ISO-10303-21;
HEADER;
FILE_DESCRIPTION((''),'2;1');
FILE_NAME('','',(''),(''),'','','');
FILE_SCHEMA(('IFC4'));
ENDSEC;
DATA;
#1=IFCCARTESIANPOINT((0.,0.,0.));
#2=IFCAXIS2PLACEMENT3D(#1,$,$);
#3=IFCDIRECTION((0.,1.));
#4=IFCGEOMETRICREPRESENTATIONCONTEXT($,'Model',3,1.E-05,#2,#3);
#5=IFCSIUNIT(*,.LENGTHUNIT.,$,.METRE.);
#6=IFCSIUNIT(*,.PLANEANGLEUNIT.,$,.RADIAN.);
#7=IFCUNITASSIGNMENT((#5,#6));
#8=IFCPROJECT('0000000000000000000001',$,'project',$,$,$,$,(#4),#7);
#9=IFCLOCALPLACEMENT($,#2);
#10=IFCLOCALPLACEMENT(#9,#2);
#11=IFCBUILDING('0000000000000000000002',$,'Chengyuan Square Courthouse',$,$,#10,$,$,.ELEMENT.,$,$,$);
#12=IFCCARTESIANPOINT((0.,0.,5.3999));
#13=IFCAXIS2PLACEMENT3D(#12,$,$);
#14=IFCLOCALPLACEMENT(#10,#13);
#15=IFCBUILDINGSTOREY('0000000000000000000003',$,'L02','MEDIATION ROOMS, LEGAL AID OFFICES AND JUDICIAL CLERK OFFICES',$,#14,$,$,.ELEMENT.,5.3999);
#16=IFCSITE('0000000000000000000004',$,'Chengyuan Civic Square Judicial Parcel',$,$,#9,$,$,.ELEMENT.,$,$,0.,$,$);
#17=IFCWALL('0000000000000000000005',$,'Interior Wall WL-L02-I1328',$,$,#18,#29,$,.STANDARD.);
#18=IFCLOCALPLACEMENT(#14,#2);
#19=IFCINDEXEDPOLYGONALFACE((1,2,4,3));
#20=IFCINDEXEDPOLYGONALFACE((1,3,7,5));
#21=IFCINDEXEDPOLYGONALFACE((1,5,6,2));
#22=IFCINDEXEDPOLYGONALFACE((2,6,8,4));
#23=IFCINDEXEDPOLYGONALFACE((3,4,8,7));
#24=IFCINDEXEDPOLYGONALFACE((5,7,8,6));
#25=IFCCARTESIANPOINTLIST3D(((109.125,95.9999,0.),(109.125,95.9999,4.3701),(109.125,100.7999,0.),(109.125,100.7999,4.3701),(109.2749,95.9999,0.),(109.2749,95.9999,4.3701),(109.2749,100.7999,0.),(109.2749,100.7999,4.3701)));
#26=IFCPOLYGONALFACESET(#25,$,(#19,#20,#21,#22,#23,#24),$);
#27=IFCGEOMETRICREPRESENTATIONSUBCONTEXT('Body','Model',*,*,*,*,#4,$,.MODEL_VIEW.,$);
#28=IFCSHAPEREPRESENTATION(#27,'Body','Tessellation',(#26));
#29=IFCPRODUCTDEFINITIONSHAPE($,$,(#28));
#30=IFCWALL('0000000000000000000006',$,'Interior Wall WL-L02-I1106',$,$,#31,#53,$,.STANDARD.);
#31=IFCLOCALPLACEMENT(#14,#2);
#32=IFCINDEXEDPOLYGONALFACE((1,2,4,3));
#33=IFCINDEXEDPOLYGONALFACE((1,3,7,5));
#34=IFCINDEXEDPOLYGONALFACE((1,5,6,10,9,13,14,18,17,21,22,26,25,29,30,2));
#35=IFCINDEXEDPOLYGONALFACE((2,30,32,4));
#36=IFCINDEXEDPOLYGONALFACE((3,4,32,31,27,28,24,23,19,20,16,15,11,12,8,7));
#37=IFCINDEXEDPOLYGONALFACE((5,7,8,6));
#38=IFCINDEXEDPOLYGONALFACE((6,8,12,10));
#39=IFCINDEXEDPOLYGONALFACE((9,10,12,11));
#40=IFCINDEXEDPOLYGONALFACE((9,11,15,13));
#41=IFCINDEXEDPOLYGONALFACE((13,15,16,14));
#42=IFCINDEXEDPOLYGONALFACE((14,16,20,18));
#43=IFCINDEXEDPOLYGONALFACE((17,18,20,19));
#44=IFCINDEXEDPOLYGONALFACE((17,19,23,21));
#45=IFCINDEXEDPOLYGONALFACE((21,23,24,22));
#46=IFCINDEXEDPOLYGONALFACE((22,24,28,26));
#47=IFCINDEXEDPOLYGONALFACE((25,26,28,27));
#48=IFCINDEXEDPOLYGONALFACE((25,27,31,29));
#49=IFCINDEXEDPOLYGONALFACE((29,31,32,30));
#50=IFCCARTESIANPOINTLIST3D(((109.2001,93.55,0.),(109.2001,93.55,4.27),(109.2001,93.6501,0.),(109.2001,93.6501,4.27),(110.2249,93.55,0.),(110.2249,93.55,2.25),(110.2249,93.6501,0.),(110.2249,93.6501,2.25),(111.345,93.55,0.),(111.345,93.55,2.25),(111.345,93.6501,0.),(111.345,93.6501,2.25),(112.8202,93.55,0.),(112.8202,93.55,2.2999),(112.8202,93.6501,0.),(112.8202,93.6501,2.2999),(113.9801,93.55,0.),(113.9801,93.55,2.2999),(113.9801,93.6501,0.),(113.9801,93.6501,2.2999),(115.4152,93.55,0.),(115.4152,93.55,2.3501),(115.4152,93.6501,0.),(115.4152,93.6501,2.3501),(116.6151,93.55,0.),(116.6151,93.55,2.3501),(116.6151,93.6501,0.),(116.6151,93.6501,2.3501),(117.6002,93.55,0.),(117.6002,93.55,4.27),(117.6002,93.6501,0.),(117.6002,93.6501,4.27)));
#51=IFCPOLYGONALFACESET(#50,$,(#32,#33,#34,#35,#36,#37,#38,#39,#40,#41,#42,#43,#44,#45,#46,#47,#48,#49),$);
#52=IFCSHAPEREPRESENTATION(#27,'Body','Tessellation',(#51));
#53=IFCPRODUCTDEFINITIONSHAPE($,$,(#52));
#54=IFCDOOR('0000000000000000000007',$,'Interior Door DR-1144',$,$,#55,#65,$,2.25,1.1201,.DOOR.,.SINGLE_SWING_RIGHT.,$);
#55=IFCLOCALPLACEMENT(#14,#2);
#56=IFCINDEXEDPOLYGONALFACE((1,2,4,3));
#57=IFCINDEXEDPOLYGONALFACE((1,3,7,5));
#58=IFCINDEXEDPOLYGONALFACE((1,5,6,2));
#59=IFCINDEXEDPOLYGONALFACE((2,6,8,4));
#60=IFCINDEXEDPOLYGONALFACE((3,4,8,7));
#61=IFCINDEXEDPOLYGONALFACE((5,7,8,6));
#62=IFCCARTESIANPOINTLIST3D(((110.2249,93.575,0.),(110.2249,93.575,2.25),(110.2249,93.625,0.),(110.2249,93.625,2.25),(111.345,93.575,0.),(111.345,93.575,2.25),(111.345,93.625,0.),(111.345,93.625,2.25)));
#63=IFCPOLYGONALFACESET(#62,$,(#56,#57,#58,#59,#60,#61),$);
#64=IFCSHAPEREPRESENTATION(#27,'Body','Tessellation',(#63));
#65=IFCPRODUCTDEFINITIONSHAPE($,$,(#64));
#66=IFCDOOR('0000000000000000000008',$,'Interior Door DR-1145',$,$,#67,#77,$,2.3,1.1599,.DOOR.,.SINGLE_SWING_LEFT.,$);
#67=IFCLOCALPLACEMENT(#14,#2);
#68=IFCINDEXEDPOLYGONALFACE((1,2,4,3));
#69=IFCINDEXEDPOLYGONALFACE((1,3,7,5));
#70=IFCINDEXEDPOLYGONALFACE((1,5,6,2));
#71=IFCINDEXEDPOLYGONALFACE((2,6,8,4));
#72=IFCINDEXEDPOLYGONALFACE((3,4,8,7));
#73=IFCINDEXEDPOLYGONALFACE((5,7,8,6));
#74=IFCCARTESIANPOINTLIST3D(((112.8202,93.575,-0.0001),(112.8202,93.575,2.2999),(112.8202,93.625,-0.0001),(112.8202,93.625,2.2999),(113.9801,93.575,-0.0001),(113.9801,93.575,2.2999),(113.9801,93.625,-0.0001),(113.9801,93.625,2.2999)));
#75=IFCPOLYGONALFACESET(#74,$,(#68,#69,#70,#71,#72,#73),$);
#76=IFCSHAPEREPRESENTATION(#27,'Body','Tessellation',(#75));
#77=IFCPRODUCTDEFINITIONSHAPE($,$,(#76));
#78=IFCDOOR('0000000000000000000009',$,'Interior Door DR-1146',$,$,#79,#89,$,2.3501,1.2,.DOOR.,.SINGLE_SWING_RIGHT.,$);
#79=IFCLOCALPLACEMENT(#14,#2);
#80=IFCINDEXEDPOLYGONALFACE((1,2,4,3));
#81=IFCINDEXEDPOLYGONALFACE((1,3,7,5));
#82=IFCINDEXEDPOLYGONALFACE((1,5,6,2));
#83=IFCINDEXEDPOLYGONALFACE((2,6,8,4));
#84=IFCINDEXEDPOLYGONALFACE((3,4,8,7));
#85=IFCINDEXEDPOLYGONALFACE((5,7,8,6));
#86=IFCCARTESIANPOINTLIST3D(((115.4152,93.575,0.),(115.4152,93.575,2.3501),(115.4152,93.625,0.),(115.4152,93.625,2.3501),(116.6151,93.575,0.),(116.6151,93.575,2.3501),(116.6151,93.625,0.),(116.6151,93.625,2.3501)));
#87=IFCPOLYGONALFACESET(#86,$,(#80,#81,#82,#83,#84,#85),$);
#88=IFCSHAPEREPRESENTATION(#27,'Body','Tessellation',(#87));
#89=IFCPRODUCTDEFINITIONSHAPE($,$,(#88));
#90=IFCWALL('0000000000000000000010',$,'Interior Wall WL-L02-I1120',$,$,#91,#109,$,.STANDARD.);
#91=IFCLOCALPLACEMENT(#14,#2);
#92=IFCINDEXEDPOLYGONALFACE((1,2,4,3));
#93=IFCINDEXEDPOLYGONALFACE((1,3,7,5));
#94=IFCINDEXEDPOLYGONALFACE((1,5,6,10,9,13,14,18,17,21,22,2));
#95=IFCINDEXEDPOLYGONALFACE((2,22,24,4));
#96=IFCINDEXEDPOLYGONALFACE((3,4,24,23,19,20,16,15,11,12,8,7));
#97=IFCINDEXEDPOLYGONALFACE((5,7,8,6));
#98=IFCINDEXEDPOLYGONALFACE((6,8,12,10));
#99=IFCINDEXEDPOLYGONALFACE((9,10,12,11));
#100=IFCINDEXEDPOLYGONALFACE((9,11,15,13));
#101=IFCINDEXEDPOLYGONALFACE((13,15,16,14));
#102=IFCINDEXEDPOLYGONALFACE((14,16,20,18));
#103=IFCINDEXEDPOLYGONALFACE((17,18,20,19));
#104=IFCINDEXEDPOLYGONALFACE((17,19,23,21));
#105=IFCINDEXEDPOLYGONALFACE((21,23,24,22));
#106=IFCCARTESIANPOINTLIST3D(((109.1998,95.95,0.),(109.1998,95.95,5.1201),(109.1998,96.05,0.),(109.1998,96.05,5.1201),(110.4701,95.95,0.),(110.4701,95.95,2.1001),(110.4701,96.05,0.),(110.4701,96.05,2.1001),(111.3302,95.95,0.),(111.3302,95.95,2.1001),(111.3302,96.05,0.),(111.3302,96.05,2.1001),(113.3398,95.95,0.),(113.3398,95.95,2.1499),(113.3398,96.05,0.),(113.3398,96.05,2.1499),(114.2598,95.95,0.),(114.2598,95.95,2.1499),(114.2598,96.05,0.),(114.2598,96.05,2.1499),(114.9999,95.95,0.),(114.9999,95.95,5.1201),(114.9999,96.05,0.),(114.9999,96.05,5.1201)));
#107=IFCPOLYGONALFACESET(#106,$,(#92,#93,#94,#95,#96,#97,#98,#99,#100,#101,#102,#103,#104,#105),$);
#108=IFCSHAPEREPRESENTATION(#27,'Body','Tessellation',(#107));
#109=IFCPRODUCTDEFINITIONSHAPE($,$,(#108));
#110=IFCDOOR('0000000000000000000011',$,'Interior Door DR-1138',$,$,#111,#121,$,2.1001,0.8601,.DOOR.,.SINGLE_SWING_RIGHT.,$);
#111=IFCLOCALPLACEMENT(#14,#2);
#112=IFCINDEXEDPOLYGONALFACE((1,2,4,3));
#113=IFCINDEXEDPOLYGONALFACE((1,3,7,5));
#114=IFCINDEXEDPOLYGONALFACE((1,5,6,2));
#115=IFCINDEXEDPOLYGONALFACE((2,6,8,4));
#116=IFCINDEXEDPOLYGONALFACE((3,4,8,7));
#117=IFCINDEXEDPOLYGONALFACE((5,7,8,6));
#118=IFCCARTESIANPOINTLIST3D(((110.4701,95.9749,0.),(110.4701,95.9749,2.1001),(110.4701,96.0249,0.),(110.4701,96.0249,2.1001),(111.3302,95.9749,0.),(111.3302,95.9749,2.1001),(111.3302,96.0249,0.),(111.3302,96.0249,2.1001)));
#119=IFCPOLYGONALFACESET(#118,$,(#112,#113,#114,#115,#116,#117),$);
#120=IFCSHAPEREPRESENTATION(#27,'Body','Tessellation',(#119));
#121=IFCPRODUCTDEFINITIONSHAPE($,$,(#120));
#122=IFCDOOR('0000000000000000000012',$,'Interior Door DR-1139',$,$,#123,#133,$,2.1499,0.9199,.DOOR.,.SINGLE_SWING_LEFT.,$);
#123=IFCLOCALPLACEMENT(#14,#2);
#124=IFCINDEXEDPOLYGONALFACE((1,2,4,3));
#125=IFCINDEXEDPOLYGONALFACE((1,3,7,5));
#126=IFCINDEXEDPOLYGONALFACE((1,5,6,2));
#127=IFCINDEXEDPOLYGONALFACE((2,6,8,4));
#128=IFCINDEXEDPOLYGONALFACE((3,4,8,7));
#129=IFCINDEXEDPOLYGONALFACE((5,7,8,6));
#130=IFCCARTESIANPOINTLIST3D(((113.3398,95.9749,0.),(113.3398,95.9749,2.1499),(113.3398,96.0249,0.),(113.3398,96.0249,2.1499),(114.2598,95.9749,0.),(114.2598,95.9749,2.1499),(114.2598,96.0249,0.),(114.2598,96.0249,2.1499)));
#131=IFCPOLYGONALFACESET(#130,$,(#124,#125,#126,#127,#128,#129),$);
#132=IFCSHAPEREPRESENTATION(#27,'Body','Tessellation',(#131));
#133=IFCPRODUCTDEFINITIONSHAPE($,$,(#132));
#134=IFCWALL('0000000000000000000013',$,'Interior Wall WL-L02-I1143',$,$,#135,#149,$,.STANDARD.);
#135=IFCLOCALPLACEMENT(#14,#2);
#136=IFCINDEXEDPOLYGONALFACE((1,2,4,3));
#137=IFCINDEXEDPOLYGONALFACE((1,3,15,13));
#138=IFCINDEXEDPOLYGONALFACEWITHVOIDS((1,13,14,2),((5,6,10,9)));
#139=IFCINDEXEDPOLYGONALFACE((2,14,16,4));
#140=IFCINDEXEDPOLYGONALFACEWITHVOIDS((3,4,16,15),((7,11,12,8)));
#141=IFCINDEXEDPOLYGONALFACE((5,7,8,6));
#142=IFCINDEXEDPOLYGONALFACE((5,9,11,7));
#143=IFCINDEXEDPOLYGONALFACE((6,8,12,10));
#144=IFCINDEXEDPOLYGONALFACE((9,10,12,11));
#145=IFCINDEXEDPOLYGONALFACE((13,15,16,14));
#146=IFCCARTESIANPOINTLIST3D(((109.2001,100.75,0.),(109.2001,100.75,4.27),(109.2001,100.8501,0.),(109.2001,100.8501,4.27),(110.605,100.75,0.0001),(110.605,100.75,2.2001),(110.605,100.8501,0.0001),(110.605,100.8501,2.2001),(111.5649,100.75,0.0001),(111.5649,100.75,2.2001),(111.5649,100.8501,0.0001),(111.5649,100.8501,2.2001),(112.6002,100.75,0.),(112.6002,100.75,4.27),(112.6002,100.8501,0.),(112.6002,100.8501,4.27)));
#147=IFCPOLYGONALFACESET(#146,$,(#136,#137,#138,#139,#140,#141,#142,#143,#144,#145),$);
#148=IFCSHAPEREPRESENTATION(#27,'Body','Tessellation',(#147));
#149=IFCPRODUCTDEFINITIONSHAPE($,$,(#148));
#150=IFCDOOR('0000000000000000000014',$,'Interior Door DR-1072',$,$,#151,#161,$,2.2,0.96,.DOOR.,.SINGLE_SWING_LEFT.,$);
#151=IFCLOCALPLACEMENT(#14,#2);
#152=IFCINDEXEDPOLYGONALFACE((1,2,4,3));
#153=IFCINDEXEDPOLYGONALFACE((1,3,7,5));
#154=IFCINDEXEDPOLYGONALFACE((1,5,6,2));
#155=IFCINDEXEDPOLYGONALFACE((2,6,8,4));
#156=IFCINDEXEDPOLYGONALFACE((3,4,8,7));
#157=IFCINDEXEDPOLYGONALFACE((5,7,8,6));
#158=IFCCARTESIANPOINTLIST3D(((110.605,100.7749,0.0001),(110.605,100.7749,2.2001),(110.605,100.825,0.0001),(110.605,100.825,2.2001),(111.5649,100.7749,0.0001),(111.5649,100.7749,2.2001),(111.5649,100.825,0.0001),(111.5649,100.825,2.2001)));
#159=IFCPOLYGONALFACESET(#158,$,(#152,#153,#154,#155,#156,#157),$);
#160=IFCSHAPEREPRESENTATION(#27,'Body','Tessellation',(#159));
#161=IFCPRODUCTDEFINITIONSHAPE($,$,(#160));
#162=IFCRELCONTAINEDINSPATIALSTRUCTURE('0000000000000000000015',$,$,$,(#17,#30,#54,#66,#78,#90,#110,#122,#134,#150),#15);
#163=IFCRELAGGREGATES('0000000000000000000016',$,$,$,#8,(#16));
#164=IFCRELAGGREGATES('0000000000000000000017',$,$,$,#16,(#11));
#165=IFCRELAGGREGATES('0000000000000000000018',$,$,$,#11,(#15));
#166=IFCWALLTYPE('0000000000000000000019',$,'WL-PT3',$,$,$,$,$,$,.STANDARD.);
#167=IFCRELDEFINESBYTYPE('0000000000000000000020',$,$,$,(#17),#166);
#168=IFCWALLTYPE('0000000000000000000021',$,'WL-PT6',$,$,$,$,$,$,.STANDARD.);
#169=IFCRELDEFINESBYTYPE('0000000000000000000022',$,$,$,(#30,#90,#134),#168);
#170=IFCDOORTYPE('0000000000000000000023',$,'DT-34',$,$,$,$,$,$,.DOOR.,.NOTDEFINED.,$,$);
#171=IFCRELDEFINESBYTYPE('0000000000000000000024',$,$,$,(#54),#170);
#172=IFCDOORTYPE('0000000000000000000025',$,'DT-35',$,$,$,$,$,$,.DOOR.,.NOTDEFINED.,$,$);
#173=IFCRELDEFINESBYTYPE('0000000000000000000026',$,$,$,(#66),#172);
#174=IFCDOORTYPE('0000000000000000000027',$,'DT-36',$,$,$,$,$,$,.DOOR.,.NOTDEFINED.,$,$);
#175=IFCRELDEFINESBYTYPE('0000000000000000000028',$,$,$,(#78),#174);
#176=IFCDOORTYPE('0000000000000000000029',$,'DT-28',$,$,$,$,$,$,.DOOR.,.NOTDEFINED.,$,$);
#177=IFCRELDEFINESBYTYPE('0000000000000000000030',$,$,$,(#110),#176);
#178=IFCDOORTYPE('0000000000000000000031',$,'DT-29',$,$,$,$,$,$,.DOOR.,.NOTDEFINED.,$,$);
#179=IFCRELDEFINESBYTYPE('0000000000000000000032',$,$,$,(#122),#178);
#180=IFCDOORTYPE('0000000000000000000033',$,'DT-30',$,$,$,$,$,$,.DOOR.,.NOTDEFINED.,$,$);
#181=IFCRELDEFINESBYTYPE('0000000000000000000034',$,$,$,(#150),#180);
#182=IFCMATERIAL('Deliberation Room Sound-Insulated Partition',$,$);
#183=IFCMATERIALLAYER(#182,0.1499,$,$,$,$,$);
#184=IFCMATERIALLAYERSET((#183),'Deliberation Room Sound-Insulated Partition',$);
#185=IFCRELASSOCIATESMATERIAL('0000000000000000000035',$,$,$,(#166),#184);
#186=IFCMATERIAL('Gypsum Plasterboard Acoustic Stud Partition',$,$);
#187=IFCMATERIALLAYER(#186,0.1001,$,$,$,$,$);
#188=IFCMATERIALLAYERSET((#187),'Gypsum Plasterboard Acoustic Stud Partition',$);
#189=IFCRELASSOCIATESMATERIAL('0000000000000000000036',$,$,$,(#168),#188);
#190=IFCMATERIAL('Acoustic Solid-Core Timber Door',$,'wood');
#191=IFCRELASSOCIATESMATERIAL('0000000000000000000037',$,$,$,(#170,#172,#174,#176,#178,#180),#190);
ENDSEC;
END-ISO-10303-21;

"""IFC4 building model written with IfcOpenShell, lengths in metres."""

from ifc_helpers import new_model, si_unit, direction, frame, frame_2d, origin, place, context, subcontext, project, spatial, rectangle, extrude, material, layer, layer_set, type_object, element, fill, save


model = new_model("IFC4")

# Units and contexts
model_context = context("Model", 3, precision=1e-05, world=origin(), true_north=direction((0.0, 1.0)))
body_context = subcontext(model_context, "Body", "Model", "MODEL_VIEW")
ifc_project = project(units=[si_unit("LENGTHUNIT", "METRE"), si_unit("PLANEANGLEUNIT", "RADIAN")], contexts=[model_context])

# Site, building, storey
site_placement = place(None, origin())
site = spatial("IfcSite", under=ifc_project, at=site_placement, Name="Chengyuan Civic Square Judicial Parcel", CompositionType="ELEMENT", RefElevation=0.0)
building_placement = place(site_placement, origin())
building = spatial("IfcBuilding", under=site, at=building_placement, Name="Chengyuan Square Courthouse", CompositionType="ELEMENT")
storey_placement = place(building_placement, frame((0.0, 0.0, 5.3999)))
storey = spatial("IfcBuildingStorey", under=building, at=storey_placement, Name="L02", Description="MEDIATION ROOMS, LEGAL AID OFFICES AND JUDICIAL CLERK OFFICES", CompositionType="ELEMENT", Elevation=5.3999)

# Wall
ifc_material_1 = material(Name="Deliberation Room Sound-Insulated Partition")
ifc_layer_1 = layer(ifc_material_1, 0.1499)
ifc_layer_set_1 = layer_set([ifc_layer_1], Name="Deliberation Room Sound-Insulated Partition")
wall_type_1 = type_object("IfcWallType", Name="WL-PT3", PredefinedType="STANDARD", material=ifc_layer_set_1)
wall_1_placement = place(storey_placement, frame((109.2, 96.0, 0.0), z_axis=(0.0, 0.0, 1.0), x_axis=(0.0, 1.0, 0.0)))
element("IfcWall", 1, at=wall_1_placement, inside=storey, type_object=wall_type_1, Name="Interior Wall WL-L02-I1328", PredefinedType="STANDARD", context=body_context, shape_type="SweptSolid", body=[
    extrude(rectangle(XDim=4.8, YDim=0.1499, at=frame_2d((2.3999, 0.0))), origin(), (0.0, 0.0, 1.0), 4.3701),
])

# Walls, openings, doors
ifc_material_2 = material(Name="Gypsum Plasterboard Acoustic Stud Partition")
ifc_layer_2 = layer(ifc_material_2, 0.1001)
ifc_layer_set_2 = layer_set([ifc_layer_2], Name="Gypsum Plasterboard Acoustic Stud Partition")
wall_type_2 = type_object("IfcWallType", Name="WL-PT6", PredefinedType="STANDARD", material=ifc_layer_set_2)
wall_2_placement = place(storey_placement, frame((109.2, 93.6001, 0.0), z_axis=(0.0, 0.0, 1.0), x_axis=(1.0, 0.0, 0.0)))
wall_2 = element("IfcWall", 2, at=wall_2_placement, inside=storey, type_object=wall_type_2, Name="Interior Wall WL-L02-I1106", PredefinedType="STANDARD", context=body_context, shape_type="SweptSolid", body=[
    extrude(rectangle(XDim=8.4001, YDim=0.1001, at=frame_2d((4.2002, 0.0))), origin(), (0.0, 0.0, 1.0), 4.27),
])
opening_1_placement = place(wall_2_placement, frame((1.0249, 0.0, 0.0)))
opening_1 = element("IfcOpeningElement", 3, at=opening_1_placement, cuts=wall_2, PredefinedType="OPENING", context=body_context, shape_type="SweptSolid", body=[
    extrude(rectangle(XDim=1.1201, YDim=2.25, at=frame_2d((0.5601, 1.125))), frame((0.0, 0.062, 0.0), z_axis=(0.0, -1.0, 0.0), x_axis=(1.0, 0.0, 0.0)), (0.0, 0.0, 1.0), 0.124),
])
opening_2_placement = place(wall_2_placement, frame((3.6201, 0.0, 0.0)))
opening_2 = element("IfcOpeningElement", 4, at=opening_2_placement, cuts=wall_2, PredefinedType="OPENING", context=body_context, shape_type="SweptSolid", body=[
    extrude(rectangle(XDim=1.1599, YDim=2.3, at=frame_2d((0.5801, 1.1499))), frame((0.0, 0.062, 0.0), z_axis=(0.0, -1.0, 0.0), x_axis=(1.0, 0.0, 0.0)), (0.0, 0.0, 1.0), 0.124),
])
opening_3_placement = place(wall_2_placement, frame((6.2151, 0.0, 0.0)))
opening_3 = element("IfcOpeningElement", 5, at=opening_3_placement, cuts=wall_2, PredefinedType="OPENING", context=body_context, shape_type="SweptSolid", body=[
    extrude(rectangle(XDim=1.2, YDim=2.3501, at=frame_2d((0.6001, 1.175))), frame((0.0, 0.062, 0.0), z_axis=(0.0, -1.0, 0.0), x_axis=(1.0, 0.0, 0.0)), (0.0, 0.0, 1.0), 0.124),
])
ifc_material_3 = material(Name="Acoustic Solid-Core Timber Door", Category="wood")
door_type_1 = type_object("IfcDoorType", Name="DT-34", OperationType="NOTDEFINED", PredefinedType="DOOR", material=ifc_material_3)
door_1_placement = place(opening_1_placement, origin())
door_1 = element("IfcDoor", 6, at=door_1_placement, inside=storey, type_object=door_type_1, Name="Interior Door DR-1144", OperationType="SINGLE_SWING_RIGHT", OverallHeight=2.25, OverallWidth=1.1201, PredefinedType="DOOR", context=body_context, shape_type="SweptSolid", body=[
    extrude(rectangle(XDim=1.1201, YDim=2.25, at=frame_2d((0.5601, 1.125))), frame((0.0, 0.0249, 0.0), z_axis=(0.0, -1.0, 0.0), x_axis=(1.0, 0.0, 0.0)), (0.0, 0.0, 1.0), 0.05),
])
fill(opening_1, door_1)
door_type_2 = type_object("IfcDoorType", Name="DT-35", OperationType="NOTDEFINED", PredefinedType="DOOR", material=ifc_material_3)
door_2_placement = place(opening_2_placement, origin())
door_2 = element("IfcDoor", 7, at=door_2_placement, inside=storey, type_object=door_type_2, Name="Interior Door DR-1145", OperationType="SINGLE_SWING_LEFT", OverallHeight=2.3, OverallWidth=1.1599, PredefinedType="DOOR", context=body_context, shape_type="SweptSolid", body=[
    extrude(rectangle(XDim=1.1599, YDim=2.3, at=frame_2d((0.5801, 1.1499))), frame((0.0, 0.0249, 0.0), z_axis=(0.0, -1.0, 0.0), x_axis=(1.0, 0.0, 0.0)), (0.0, 0.0, 1.0), 0.05),
])
fill(opening_2, door_2)
door_type_3 = type_object("IfcDoorType", Name="DT-36", OperationType="NOTDEFINED", PredefinedType="DOOR", material=ifc_material_3)
door_3_placement = place(opening_3_placement, origin())
door_3 = element("IfcDoor", 8, at=door_3_placement, inside=storey, type_object=door_type_3, Name="Interior Door DR-1146", OperationType="SINGLE_SWING_RIGHT", OverallHeight=2.3501, OverallWidth=1.2, PredefinedType="DOOR", context=body_context, shape_type="SweptSolid", body=[
    extrude(rectangle(XDim=1.2, YDim=2.3501, at=frame_2d((0.6001, 1.175))), frame((0.0, 0.0249, 0.0), z_axis=(0.0, -1.0, 0.0), x_axis=(1.0, 0.0, 0.0)), (0.0, 0.0, 1.0), 0.05),
])
fill(opening_3, door_3)
wall_3_placement = place(storey_placement, frame((109.2, 96.0, 0.0), z_axis=(0.0, 0.0, 1.0), x_axis=(1.0, 0.0, 0.0)))
wall_3 = element("IfcWall", 9, at=wall_3_placement, inside=storey, type_object=wall_type_2, Name="Interior Wall WL-L02-I1120", PredefinedType="STANDARD", context=body_context, shape_type="SweptSolid", body=[
    extrude(rectangle(XDim=5.8, YDim=0.1001, at=frame_2d((2.8999, 0.0))), origin(), (0.0, 0.0, 1.0), 5.1201),
])
opening_4_placement = place(wall_3_placement, frame((1.27, 0.0, 0.0)))
opening_4 = element("IfcOpeningElement", 10, at=opening_4_placement, cuts=wall_3, PredefinedType="OPENING", context=body_context, shape_type="SweptSolid", body=[
    extrude(rectangle(XDim=0.8601, YDim=2.1001, at=frame_2d((0.4302, 1.05))), frame((0.0, 0.062, 0.0), z_axis=(0.0, -1.0, 0.0), x_axis=(1.0, 0.0, 0.0)), (0.0, 0.0, 1.0), 0.124),
])
opening_5_placement = place(wall_3_placement, frame((4.1399, 0.0, 0.0)))
opening_5 = element("IfcOpeningElement", 11, at=opening_5_placement, cuts=wall_3, PredefinedType="OPENING", context=body_context, shape_type="SweptSolid", body=[
    extrude(rectangle(XDim=0.9199, YDim=2.1499, at=frame_2d((0.46, 1.075))), frame((0.0, 0.062, 0.0), z_axis=(0.0, -1.0, 0.0), x_axis=(1.0, 0.0, 0.0)), (0.0, 0.0, 1.0), 0.124),
])
door_type_4 = type_object("IfcDoorType", Name="DT-28", OperationType="NOTDEFINED", PredefinedType="DOOR", material=ifc_material_3)
door_4_placement = place(opening_4_placement, origin())
door_4 = element("IfcDoor", 12, at=door_4_placement, inside=storey, type_object=door_type_4, Name="Interior Door DR-1138", OperationType="SINGLE_SWING_RIGHT", OverallHeight=2.1001, OverallWidth=0.8601, PredefinedType="DOOR", context=body_context, shape_type="SweptSolid", body=[
    extrude(rectangle(XDim=0.8601, YDim=2.1001, at=frame_2d((0.4302, 1.05))), frame((0.0, 0.0249, 0.0), z_axis=(0.0, -1.0, 0.0), x_axis=(1.0, 0.0, 0.0)), (0.0, 0.0, 1.0), 0.05),
])
fill(opening_4, door_4)
door_type_5 = type_object("IfcDoorType", Name="DT-29", OperationType="NOTDEFINED", PredefinedType="DOOR", material=ifc_material_3)
door_5_placement = place(opening_5_placement, origin())
door_5 = element("IfcDoor", 13, at=door_5_placement, inside=storey, type_object=door_type_5, Name="Interior Door DR-1139", OperationType="SINGLE_SWING_LEFT", OverallHeight=2.1499, OverallWidth=0.9199, PredefinedType="DOOR", context=body_context, shape_type="SweptSolid", body=[
    extrude(rectangle(XDim=0.9199, YDim=2.1499, at=frame_2d((0.46, 1.075))), frame((0.0, 0.0249, 0.0), z_axis=(0.0, -1.0, 0.0), x_axis=(1.0, 0.0, 0.0)), (0.0, 0.0, 1.0), 0.05),
])
fill(opening_5, door_5)

# Wall, opening, door
wall_4_placement = place(storey_placement, frame((109.2, 100.8, 0.0), z_axis=(0.0, 0.0, 1.0), x_axis=(1.0, 0.0, 0.0)))
wall_4 = element("IfcWall", 14, at=wall_4_placement, inside=storey, type_object=wall_type_2, Name="Interior Wall WL-L02-I1143", PredefinedType="STANDARD", context=body_context, shape_type="SweptSolid", body=[
    extrude(rectangle(XDim=3.4001, YDim=0.1001, at=frame_2d((1.7002, 0.0))), origin(), (0.0, 0.0, 1.0), 4.27),
])
opening_6_placement = place(wall_4_placement, frame((1.405, 0.0, 0.0)))
opening_6 = element("IfcOpeningElement", 15, at=opening_6_placement, cuts=wall_4, PredefinedType="OPENING", context=body_context, shape_type="SweptSolid", body=[
    extrude(rectangle(XDim=0.96, YDim=2.2, at=frame_2d((0.48, 1.1001))), frame((0.0, 0.062, 0.0), z_axis=(0.0, -1.0, 0.0), x_axis=(1.0, 0.0, 0.0)), (0.0, 0.0, 1.0), 0.124),
])
door_type_6 = type_object("IfcDoorType", Name="DT-30", OperationType="NOTDEFINED", PredefinedType="DOOR", material=ifc_material_3)
door_6_placement = place(opening_6_placement, origin())
door_6 = element("IfcDoor", 16, at=door_6_placement, inside=storey, type_object=door_type_6, Name="Interior Door DR-1072", OperationType="SINGLE_SWING_LEFT", OverallHeight=2.2, OverallWidth=0.96, PredefinedType="DOOR", context=body_context, shape_type="SweptSolid", body=[
    extrude(rectangle(XDim=0.96, YDim=2.2, at=frame_2d((0.48, 1.1001))), frame((0.0, 0.0249, 0.0), z_axis=(0.0, -1.0, 0.0), x_axis=(1.0, 0.0, 0.0)), (0.0, 0.0, 1.0), 0.05),
])
fill(opening_6, door_6)

save(model, "model.ifc")
